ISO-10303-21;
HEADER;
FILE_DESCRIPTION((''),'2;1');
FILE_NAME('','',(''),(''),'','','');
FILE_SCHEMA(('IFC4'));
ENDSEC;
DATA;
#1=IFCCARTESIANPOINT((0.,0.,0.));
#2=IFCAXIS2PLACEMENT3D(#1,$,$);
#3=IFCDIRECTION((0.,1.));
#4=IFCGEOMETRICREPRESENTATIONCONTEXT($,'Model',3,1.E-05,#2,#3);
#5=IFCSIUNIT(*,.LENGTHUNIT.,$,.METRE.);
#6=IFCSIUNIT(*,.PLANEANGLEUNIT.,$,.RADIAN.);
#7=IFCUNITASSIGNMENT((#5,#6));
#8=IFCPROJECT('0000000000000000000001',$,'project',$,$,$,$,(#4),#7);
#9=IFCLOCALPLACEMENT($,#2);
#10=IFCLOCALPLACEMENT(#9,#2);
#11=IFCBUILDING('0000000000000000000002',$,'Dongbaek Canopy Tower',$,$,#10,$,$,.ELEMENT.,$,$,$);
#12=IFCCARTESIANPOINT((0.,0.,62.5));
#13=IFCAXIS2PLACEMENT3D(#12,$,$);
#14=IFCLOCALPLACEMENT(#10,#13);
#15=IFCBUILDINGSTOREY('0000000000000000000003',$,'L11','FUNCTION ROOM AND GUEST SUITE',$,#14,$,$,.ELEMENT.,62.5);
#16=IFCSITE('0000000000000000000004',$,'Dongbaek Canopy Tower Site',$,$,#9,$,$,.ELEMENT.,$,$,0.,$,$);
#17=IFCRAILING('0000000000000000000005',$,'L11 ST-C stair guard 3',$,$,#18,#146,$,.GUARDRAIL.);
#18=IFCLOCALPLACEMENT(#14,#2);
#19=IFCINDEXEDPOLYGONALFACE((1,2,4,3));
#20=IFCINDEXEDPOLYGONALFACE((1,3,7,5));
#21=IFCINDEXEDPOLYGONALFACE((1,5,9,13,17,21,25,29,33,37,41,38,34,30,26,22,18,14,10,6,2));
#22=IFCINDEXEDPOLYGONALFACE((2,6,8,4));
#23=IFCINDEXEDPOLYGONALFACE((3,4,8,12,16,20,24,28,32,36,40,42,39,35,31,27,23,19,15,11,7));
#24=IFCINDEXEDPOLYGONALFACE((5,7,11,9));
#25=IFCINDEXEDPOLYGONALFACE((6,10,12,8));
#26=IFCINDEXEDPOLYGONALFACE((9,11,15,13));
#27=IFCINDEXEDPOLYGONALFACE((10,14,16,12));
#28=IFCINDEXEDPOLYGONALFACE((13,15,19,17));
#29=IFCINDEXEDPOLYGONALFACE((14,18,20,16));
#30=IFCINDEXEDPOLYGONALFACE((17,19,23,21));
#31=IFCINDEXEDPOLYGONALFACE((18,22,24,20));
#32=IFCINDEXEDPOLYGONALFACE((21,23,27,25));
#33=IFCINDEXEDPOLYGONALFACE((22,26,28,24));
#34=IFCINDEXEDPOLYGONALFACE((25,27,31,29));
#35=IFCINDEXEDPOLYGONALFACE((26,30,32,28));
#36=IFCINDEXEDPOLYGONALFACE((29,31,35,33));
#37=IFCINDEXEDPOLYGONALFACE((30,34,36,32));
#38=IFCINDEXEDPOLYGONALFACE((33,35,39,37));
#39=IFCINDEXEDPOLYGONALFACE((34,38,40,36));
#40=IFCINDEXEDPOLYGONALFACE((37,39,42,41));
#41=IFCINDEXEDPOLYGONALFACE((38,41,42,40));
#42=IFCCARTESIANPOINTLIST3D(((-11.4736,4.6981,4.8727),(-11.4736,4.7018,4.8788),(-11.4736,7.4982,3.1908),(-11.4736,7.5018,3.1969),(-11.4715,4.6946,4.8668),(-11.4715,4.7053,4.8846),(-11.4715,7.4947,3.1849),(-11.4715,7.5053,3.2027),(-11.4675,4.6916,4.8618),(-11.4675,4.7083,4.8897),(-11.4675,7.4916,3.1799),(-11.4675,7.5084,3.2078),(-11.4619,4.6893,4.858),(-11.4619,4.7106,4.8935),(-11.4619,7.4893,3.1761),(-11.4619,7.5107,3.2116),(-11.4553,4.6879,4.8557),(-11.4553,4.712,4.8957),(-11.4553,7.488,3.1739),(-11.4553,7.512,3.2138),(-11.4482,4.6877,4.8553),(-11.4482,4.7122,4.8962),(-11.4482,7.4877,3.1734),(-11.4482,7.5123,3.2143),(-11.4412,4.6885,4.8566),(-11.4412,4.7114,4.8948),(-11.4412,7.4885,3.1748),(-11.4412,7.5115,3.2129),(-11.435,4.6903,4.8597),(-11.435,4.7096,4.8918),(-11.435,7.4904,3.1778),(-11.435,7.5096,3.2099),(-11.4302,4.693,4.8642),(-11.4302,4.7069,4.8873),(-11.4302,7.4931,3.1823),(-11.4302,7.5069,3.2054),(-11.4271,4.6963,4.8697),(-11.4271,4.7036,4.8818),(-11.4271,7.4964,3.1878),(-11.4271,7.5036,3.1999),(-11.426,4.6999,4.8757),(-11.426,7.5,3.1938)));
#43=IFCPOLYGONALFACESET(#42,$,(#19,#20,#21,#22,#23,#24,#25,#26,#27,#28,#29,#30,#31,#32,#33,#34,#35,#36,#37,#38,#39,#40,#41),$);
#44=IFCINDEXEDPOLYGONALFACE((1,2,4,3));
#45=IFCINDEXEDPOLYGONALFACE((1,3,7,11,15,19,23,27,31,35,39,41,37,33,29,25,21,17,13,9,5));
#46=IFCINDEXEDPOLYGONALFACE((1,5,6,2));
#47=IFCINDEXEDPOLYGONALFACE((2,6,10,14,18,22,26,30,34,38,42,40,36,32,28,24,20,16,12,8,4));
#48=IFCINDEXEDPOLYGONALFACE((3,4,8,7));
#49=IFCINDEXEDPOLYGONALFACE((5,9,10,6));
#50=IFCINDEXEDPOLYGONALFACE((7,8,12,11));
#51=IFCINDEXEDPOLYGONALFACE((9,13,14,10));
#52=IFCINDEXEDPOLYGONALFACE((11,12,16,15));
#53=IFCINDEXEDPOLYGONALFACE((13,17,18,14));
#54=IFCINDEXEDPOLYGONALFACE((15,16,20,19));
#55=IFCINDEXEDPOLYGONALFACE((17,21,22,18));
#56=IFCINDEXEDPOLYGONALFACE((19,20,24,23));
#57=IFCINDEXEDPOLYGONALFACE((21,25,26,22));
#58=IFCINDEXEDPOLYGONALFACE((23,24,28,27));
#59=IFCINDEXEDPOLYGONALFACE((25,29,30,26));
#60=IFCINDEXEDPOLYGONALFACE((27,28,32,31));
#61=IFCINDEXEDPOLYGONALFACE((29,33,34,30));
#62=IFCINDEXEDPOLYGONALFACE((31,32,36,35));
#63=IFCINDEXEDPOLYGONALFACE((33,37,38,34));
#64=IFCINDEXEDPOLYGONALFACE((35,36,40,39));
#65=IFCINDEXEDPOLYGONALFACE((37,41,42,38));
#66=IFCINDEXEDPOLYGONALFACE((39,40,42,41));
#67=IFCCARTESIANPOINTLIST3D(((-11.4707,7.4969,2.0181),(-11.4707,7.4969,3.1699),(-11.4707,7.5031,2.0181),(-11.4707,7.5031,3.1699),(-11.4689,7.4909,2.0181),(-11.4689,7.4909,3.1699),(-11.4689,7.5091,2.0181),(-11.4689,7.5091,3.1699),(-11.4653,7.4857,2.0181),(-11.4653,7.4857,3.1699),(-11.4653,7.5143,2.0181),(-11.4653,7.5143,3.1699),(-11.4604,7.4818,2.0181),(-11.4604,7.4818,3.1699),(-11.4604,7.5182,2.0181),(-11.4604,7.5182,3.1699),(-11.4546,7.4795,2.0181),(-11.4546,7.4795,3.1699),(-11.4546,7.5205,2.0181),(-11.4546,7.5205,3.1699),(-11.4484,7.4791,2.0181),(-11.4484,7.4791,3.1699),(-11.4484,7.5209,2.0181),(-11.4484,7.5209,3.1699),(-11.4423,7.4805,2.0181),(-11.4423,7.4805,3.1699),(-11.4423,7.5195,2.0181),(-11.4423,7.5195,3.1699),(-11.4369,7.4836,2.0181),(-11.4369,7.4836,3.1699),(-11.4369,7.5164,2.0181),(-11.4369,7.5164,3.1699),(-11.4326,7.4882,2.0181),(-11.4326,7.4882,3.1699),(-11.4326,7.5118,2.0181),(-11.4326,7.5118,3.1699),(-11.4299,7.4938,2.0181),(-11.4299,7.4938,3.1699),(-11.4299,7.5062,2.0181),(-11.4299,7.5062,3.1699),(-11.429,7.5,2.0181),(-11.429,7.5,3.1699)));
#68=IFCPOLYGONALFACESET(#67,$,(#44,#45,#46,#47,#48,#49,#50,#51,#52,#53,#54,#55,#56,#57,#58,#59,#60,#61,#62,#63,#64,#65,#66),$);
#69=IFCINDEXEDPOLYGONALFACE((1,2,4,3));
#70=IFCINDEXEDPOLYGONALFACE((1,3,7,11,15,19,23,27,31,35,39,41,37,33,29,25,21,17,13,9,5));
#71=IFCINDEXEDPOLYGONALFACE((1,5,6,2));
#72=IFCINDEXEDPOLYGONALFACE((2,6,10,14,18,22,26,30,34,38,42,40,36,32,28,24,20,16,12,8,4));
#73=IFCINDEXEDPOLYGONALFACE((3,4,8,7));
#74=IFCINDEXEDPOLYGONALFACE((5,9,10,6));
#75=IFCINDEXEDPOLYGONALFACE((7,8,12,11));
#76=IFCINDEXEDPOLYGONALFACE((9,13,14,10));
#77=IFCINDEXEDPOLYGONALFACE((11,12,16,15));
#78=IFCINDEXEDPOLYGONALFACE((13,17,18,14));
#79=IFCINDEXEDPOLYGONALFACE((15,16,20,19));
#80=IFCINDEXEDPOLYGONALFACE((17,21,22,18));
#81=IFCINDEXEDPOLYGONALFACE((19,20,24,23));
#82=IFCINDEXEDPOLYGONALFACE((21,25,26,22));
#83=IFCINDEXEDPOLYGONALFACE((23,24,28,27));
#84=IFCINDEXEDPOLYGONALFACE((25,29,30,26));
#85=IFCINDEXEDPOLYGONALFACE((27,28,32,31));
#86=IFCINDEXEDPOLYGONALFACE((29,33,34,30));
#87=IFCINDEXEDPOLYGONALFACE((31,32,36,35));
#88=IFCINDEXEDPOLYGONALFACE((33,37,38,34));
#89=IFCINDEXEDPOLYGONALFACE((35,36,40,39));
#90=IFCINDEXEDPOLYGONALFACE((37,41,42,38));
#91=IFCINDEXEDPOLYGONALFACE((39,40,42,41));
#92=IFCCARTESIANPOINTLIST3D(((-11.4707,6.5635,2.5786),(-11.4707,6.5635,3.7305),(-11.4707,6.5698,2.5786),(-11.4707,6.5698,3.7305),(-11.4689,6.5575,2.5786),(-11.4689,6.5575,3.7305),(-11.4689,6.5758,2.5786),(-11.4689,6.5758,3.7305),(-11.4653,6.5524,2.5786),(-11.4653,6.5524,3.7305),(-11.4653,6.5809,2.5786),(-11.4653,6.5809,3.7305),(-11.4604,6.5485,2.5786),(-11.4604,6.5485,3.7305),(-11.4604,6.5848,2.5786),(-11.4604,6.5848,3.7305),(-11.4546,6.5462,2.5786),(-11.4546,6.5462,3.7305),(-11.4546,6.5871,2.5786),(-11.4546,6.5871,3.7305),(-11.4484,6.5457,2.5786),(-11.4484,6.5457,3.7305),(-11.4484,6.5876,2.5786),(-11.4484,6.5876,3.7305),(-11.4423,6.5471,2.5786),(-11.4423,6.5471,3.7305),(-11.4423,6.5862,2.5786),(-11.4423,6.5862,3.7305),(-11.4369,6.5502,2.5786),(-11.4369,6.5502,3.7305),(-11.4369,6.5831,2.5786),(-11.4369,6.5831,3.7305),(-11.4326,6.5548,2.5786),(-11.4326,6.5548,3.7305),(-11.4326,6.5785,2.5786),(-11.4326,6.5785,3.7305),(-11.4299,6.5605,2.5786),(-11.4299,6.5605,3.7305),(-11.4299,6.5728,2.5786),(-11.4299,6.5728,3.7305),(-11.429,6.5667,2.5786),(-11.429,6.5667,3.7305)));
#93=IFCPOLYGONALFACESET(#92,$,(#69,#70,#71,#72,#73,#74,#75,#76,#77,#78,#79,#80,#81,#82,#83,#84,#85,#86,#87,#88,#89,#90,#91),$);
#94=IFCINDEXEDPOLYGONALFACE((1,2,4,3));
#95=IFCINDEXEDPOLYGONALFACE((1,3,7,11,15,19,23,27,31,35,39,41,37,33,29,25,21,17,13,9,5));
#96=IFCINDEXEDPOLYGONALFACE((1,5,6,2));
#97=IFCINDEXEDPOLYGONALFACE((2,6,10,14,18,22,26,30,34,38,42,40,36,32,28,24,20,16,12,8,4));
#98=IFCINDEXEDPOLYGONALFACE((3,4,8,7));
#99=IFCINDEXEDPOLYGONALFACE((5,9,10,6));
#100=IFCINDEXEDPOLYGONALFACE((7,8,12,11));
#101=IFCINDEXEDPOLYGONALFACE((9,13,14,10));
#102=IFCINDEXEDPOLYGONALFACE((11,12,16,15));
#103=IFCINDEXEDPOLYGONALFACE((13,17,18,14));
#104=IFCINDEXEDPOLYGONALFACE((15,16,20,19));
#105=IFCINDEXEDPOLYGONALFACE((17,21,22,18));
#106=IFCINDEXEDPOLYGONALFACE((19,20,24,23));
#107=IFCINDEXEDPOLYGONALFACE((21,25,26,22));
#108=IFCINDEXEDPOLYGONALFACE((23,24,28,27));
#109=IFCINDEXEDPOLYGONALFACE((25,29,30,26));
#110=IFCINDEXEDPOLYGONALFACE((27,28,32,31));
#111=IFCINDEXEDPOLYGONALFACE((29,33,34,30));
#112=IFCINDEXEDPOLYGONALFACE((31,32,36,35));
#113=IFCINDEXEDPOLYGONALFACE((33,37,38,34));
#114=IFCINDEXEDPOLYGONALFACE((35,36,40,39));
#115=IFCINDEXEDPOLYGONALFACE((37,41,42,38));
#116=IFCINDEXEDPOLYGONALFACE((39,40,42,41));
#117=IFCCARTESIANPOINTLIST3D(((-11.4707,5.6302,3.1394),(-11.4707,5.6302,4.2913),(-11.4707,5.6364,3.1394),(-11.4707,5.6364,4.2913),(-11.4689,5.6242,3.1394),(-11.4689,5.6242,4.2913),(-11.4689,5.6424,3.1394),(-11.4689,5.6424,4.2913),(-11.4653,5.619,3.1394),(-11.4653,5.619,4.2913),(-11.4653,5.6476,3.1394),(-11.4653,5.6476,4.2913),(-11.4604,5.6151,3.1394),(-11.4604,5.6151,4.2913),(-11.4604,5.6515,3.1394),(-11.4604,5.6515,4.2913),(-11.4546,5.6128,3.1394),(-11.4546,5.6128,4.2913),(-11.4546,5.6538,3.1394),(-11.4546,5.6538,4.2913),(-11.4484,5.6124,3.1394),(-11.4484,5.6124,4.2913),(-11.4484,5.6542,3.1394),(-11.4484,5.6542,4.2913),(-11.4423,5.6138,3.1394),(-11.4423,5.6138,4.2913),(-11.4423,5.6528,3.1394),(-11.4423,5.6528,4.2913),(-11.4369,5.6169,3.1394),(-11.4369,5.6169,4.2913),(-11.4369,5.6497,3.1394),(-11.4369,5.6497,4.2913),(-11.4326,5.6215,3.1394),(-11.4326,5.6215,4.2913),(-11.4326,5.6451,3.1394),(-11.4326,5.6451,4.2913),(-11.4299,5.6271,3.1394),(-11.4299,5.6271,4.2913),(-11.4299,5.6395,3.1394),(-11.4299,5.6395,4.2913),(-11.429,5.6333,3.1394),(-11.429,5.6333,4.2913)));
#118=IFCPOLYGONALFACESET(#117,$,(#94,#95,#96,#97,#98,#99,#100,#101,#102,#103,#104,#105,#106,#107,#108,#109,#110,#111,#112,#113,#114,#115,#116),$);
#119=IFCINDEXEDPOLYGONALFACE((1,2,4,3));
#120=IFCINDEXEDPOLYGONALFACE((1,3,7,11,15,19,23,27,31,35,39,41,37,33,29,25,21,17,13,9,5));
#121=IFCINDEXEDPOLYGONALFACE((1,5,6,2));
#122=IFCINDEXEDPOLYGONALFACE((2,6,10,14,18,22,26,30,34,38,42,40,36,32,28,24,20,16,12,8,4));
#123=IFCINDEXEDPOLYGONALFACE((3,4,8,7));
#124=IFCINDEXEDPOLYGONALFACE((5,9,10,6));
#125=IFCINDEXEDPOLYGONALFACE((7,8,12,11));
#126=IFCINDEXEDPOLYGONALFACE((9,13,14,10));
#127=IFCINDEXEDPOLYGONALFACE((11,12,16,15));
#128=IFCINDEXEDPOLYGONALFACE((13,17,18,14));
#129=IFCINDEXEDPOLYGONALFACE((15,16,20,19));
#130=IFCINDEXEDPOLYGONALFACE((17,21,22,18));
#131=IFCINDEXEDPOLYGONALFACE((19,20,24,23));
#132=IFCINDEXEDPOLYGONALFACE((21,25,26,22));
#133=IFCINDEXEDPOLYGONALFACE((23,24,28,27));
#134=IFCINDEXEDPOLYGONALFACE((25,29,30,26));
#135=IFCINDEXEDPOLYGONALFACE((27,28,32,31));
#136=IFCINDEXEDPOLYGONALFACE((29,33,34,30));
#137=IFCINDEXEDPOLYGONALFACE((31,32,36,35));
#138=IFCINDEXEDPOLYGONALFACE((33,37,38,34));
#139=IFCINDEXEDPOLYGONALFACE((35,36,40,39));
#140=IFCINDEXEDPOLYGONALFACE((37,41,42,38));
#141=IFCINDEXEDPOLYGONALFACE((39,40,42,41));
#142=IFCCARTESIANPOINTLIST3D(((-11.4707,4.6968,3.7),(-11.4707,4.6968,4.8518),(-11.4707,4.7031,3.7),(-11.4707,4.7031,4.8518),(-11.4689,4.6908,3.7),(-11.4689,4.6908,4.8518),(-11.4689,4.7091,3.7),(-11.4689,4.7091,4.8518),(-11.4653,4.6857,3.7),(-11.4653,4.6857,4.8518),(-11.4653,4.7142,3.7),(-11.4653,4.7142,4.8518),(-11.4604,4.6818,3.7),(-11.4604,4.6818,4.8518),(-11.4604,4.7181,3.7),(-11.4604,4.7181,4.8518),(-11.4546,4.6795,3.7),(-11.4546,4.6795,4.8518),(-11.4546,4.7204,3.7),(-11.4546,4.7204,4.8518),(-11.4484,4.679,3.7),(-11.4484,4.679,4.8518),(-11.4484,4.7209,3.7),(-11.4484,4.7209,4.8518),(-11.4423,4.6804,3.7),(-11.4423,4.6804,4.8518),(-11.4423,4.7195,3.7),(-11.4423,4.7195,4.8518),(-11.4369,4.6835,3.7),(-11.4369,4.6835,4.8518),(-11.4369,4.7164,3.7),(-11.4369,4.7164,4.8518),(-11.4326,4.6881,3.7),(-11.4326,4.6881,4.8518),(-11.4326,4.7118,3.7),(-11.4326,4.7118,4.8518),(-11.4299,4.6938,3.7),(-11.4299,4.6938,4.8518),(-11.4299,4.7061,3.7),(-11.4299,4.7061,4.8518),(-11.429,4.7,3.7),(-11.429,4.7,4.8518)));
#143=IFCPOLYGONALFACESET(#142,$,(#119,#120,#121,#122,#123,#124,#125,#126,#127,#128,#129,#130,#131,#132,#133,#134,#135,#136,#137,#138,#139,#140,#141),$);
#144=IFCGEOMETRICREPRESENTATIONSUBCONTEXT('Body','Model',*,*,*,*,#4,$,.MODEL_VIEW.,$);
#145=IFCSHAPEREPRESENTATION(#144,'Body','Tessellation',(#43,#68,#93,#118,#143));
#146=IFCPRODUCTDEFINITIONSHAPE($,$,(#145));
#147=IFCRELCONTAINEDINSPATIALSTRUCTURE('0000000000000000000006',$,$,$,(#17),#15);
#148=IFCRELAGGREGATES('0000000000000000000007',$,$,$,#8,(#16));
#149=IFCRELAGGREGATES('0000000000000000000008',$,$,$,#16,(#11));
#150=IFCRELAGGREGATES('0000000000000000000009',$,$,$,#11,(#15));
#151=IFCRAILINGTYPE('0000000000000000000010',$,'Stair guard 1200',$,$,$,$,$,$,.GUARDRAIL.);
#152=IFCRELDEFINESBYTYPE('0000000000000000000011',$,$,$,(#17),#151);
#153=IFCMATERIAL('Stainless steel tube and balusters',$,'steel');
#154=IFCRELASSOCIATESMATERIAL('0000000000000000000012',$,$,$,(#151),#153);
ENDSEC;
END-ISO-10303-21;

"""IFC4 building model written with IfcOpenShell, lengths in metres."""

from ifc_helpers import new_model, si_unit, direction, frame, origin, origin_2d, place, context, subcontext, project, spatial, circle, extrude, material, type_object, element, save


model = new_model("IFC4")

# Units and contexts
model_context = context("Model", 3, precision=1e-05, world=origin(), true_north=direction((0.0, 1.0)))
body_context = subcontext(model_context, "Body", "Model", "MODEL_VIEW")
ifc_project = project(units=[si_unit("LENGTHUNIT", "METRE"), si_unit("PLANEANGLEUNIT", "RADIAN")], contexts=[model_context])

# Site, building, storey
site_placement = place(None, origin())
site = spatial("IfcSite", under=ifc_project, at=site_placement, Name="Dongbaek Canopy Tower Site", CompositionType="ELEMENT", RefElevation=0.0)
building_placement = place(site_placement, origin())
building = spatial("IfcBuilding", under=site, at=building_placement, Name="Dongbaek Canopy Tower", CompositionType="ELEMENT")
storey_placement = place(building_placement, frame((0.0, 0.0, 62.5)))
storey = spatial("IfcBuildingStorey", under=building, at=storey_placement, Name="L11", Description="FUNCTION ROOM AND GUEST SUITE", CompositionType="ELEMENT", Elevation=62.5)

# Railing
ifc_material_1 = material(Name="Stainless steel tube and balusters", Category="steel")
railing_type_1 = type_object("IfcRailingType", Name="Stair guard 1200", PredefinedType="GUARDRAIL", material=ifc_material_1)
railing_1_placement = place(storey_placement, frame((-11.45, 7.5, 2.0181)))
element("IfcRailing", 1, at=railing_1_placement, inside=storey, type_object=railing_type_1, Name="L11 ST-C stair guard 3", PredefinedType="GUARDRAIL", context=body_context, shape_type="SweptSolid", body=[
    extrude(circle(Radius=0.0239, at=origin_2d()), frame((0.0, 0.0, 1.1758), z_axis=(0.0, -0.857242, 0.514913), x_axis=(1.0, 0.0, 0.0)), (0.0, 0.0, 1.0), 3.2664),
    extrude(circle(Radius=0.021, at=origin_2d()), origin(), (0.0, 0.0, 1.0), 1.1519),
    extrude(circle(Radius=0.021, at=origin_2d()), frame((0.0, -0.9333, 0.5605)), (0.0, 0.0, 1.0), 1.1519),
    extrude(circle(Radius=0.021, at=origin_2d()), frame((0.0, -1.8667, 1.1213)), (0.0, 0.0, 1.0), 1.1519),
    extrude(circle(Radius=0.021, at=origin_2d()), frame((0.0, -2.8, 1.6819)), (0.0, 0.0, 1.0), 1.1519),
])

save(model, "model.ifc")
